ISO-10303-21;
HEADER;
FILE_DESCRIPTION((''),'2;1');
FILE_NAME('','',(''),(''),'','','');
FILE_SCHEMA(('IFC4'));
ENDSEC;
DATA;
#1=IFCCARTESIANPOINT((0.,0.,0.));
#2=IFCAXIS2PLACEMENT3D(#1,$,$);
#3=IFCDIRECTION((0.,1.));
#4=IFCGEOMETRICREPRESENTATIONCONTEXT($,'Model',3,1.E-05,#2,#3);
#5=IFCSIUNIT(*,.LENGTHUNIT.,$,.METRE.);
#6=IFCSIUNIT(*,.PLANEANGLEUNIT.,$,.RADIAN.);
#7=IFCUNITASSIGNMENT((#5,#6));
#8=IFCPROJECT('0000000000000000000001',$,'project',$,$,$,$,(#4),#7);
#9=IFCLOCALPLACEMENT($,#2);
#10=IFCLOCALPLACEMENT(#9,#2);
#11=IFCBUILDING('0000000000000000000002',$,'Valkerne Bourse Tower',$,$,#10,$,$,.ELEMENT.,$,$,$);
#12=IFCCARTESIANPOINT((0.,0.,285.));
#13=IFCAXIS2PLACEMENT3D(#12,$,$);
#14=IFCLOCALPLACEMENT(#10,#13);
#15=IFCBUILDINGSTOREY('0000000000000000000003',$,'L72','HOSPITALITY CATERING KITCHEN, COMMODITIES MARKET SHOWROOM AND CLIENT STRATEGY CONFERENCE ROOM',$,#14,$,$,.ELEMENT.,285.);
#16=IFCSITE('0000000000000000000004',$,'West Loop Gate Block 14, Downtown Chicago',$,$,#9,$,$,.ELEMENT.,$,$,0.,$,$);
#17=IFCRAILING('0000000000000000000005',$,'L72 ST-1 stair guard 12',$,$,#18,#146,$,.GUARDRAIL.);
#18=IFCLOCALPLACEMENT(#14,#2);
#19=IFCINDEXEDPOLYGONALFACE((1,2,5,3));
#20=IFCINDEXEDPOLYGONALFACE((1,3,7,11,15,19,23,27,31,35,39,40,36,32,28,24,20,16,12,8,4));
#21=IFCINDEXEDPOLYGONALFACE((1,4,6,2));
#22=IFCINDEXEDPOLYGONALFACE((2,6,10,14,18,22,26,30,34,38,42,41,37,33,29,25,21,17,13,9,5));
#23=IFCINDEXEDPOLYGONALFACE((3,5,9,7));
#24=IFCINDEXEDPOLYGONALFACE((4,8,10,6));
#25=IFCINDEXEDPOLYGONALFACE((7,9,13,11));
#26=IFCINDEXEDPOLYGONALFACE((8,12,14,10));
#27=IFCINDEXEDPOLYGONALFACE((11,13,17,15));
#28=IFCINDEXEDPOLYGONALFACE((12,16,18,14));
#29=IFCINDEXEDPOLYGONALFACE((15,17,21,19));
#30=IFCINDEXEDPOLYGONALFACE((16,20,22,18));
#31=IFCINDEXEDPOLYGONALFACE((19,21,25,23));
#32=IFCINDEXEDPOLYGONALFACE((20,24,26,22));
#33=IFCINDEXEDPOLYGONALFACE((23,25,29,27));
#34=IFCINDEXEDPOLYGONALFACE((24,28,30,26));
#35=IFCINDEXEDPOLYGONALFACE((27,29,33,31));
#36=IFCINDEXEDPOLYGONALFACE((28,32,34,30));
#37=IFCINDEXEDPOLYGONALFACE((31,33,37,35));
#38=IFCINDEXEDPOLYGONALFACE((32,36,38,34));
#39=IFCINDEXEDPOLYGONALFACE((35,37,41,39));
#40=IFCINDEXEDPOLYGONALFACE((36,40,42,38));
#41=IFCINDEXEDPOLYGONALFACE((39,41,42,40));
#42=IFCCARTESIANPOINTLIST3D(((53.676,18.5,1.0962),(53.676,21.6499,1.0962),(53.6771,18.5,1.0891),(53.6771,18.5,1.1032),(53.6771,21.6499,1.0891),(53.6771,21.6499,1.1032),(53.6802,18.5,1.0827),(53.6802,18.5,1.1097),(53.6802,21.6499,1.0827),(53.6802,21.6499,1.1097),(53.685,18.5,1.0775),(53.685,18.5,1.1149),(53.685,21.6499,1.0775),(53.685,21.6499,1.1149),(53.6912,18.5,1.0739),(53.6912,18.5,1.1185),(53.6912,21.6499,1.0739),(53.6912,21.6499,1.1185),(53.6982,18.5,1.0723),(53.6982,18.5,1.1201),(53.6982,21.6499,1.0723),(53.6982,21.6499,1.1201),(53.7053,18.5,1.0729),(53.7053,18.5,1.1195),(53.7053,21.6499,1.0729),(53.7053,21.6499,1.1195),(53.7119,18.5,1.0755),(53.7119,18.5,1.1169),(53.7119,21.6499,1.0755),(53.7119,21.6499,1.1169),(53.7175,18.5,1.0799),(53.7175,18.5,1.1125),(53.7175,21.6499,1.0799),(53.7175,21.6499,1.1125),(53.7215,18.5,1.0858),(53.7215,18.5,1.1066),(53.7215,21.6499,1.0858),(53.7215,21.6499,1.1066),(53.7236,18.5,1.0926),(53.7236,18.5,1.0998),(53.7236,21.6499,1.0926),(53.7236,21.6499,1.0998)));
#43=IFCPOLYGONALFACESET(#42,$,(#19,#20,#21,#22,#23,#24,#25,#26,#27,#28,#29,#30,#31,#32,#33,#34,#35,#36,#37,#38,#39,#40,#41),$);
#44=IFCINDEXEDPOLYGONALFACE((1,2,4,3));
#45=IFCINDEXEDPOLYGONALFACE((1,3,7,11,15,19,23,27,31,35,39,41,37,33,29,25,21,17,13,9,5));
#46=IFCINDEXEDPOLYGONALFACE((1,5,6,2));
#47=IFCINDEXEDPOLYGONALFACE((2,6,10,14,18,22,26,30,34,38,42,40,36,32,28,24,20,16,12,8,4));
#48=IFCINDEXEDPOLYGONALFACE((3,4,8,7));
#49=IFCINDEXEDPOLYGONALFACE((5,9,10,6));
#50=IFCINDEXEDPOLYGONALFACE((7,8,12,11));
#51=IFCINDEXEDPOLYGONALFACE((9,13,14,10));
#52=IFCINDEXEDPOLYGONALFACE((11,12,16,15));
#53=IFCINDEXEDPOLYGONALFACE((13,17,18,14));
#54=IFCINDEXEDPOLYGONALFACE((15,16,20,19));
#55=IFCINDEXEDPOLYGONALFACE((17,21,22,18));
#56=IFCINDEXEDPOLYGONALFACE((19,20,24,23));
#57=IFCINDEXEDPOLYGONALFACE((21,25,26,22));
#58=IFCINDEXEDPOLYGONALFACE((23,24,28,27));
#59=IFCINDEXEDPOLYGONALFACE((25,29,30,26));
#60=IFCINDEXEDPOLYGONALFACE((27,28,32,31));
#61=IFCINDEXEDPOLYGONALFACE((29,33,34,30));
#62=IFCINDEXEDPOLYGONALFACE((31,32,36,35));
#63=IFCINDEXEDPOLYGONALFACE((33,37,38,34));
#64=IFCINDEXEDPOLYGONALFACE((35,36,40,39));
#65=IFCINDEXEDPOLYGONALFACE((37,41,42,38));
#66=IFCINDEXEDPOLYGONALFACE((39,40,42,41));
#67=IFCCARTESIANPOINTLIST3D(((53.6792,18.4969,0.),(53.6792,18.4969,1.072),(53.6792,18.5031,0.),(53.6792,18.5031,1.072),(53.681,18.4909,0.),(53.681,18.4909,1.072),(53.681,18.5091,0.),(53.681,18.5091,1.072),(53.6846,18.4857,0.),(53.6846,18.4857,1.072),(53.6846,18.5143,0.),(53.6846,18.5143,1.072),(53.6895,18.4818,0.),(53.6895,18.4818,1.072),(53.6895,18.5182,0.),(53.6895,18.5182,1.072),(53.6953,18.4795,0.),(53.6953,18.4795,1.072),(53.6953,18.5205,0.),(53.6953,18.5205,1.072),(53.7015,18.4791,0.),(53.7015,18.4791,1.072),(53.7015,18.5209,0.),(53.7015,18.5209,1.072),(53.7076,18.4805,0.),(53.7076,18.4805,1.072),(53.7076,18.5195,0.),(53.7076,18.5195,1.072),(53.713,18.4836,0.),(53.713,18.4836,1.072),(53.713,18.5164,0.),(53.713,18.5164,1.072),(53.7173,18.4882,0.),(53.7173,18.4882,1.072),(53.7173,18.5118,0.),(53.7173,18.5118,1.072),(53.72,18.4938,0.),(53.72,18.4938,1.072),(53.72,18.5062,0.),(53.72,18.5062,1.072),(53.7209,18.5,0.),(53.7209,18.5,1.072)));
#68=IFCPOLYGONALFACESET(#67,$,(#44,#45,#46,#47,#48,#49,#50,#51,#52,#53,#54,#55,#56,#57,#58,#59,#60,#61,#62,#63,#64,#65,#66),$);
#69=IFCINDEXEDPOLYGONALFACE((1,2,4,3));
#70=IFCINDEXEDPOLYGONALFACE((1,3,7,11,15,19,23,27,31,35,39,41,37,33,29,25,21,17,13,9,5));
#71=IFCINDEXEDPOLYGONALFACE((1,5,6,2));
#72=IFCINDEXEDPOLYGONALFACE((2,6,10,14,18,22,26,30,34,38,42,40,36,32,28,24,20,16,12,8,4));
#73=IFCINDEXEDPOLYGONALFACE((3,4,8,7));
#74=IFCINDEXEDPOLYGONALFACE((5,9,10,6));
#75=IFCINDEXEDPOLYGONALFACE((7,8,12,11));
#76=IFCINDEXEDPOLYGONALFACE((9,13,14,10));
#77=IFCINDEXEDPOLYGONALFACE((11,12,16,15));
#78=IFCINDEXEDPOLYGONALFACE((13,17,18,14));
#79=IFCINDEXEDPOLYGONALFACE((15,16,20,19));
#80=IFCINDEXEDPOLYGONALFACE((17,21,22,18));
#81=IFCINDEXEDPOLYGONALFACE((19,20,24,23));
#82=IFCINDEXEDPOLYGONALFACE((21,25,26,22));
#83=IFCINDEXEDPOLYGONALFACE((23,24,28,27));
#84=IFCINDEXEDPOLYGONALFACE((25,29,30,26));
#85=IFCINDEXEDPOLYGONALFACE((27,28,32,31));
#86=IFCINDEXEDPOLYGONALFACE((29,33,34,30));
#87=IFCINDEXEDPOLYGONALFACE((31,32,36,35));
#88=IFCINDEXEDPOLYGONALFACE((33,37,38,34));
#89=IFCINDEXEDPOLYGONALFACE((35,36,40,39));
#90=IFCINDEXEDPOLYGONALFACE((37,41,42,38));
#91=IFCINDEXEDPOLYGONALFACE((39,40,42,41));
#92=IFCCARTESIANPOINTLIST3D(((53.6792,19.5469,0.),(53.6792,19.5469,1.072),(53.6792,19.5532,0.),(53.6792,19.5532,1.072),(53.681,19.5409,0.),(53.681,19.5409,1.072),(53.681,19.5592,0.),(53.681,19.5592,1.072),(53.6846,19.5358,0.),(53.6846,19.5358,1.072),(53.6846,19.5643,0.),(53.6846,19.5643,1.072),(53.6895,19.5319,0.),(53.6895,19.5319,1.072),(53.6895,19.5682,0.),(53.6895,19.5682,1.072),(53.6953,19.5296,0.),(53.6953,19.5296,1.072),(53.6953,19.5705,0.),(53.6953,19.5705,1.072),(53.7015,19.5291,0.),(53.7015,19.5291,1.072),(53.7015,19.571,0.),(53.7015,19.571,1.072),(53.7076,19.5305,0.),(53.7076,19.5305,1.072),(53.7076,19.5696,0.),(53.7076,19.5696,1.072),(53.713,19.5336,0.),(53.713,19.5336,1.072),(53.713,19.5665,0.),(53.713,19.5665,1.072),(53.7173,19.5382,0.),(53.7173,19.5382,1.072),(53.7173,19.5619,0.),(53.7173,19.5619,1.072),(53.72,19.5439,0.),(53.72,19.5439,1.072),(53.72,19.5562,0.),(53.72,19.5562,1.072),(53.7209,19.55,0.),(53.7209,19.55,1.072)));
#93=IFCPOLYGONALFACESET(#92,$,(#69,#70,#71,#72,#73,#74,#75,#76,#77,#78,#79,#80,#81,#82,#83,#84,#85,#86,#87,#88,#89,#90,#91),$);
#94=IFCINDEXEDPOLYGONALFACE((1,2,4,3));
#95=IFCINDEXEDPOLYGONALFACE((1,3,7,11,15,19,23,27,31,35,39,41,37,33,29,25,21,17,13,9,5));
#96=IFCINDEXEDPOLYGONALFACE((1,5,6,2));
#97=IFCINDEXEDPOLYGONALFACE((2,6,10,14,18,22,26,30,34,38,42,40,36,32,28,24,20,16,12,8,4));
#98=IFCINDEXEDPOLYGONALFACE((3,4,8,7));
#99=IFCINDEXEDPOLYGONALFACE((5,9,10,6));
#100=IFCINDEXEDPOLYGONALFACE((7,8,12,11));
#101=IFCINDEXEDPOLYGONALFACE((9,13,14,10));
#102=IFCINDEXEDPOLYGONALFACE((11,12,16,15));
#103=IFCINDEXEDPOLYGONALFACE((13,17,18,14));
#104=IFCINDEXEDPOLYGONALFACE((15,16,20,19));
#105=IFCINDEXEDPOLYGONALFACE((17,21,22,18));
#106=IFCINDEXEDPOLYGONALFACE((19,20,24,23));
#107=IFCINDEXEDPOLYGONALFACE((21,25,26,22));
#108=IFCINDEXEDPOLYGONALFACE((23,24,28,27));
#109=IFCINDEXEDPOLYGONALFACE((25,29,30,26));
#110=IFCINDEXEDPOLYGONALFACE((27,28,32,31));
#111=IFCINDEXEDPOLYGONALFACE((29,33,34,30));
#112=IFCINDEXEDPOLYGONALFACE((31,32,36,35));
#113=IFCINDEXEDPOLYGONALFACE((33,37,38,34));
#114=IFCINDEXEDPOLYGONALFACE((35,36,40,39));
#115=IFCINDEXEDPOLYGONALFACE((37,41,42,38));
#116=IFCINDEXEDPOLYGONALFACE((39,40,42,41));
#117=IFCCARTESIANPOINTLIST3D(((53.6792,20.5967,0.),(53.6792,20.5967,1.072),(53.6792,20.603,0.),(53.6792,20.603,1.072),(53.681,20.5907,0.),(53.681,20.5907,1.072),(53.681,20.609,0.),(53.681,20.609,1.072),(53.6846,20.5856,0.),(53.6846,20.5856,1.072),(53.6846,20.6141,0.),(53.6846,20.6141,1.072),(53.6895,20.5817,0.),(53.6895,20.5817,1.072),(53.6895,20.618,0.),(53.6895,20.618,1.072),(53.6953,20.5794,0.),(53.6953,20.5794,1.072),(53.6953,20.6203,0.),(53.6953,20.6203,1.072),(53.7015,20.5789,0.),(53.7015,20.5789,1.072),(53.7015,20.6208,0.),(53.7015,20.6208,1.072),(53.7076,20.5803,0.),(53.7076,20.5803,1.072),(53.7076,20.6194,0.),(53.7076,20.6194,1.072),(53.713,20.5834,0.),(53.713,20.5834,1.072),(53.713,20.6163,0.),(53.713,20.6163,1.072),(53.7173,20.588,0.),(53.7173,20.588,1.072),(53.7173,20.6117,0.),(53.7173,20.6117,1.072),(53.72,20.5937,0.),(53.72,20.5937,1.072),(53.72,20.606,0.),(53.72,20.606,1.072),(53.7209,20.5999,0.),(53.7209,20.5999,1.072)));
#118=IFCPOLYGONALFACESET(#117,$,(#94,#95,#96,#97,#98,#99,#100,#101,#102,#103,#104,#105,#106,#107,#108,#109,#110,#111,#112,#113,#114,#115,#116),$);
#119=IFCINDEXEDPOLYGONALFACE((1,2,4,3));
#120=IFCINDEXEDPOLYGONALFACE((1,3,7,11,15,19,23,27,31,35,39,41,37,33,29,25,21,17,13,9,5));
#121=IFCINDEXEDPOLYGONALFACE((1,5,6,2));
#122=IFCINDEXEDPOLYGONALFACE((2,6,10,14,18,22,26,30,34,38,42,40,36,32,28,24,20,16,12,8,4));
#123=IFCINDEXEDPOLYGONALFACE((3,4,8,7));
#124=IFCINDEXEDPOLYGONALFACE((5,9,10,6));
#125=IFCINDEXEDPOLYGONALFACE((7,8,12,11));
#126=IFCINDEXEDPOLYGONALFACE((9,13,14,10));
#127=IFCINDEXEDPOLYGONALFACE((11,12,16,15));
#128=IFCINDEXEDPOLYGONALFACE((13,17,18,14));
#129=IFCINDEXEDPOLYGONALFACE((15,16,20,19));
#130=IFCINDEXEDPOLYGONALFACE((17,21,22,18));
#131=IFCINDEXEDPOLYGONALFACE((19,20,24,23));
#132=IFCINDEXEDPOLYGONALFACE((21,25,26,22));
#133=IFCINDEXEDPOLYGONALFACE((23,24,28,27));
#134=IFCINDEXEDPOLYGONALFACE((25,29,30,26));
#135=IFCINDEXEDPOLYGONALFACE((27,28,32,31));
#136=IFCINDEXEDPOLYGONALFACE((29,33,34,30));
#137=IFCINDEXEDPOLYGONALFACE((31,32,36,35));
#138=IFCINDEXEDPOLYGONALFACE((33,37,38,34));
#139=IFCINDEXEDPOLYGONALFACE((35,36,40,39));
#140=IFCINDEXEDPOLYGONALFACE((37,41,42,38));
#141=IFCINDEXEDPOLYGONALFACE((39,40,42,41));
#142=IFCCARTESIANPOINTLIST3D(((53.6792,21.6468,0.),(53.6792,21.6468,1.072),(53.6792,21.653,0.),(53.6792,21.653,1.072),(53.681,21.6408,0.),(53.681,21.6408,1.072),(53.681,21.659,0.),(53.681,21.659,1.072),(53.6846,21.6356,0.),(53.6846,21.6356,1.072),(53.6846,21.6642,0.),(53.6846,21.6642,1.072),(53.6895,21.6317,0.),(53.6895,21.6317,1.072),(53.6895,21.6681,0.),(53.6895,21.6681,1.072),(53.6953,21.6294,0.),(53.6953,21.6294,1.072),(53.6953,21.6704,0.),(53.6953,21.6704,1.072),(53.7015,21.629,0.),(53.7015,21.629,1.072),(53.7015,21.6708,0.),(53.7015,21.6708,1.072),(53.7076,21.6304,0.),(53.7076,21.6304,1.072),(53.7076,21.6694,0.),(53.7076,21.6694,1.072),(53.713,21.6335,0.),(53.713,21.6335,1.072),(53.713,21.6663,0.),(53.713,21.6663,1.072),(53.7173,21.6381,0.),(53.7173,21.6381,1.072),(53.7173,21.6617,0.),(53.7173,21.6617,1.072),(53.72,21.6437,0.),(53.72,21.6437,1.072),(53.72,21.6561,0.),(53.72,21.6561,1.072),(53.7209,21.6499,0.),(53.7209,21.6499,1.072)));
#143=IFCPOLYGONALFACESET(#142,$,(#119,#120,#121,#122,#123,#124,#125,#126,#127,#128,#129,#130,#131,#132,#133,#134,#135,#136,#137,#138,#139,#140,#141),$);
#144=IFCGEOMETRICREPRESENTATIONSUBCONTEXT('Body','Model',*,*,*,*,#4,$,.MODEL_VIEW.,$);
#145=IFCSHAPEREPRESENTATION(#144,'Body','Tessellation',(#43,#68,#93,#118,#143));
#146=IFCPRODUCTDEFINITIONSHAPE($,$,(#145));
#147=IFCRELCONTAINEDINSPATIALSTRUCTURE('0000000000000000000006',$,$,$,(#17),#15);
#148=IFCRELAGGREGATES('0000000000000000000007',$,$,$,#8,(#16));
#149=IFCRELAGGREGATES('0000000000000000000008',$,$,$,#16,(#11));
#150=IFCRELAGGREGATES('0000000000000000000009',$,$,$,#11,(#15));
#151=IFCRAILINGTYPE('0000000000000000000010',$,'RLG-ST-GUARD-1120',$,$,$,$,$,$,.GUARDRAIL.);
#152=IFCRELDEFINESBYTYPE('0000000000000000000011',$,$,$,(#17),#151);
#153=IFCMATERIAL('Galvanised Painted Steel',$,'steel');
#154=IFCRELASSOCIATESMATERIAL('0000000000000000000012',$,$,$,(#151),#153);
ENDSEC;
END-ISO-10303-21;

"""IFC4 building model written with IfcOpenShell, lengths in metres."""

from ifc_helpers import new_model, si_unit, direction, frame, origin, origin_2d, place, context, subcontext, project, spatial, circle, extrude, material, type_object, element, save


model = new_model("IFC4")

# Units and contexts
model_context = context("Model", 3, precision=1e-05, world=origin(), true_north=direction((0.0, 1.0)))
body_context = subcontext(model_context, "Body", "Model", "MODEL_VIEW")
ifc_project = project(units=[si_unit("LENGTHUNIT", "METRE"), si_unit("PLANEANGLEUNIT", "RADIAN")], contexts=[model_context])

# Site, building, storey
site_placement = place(None, origin())
site = spatial("IfcSite", under=ifc_project, at=site_placement, Name="West Loop Gate Block 14, Downtown Chicago", CompositionType="ELEMENT", RefElevation=0.0)
building_placement = place(site_placement, origin())
building = spatial("IfcBuilding", under=site, at=building_placement, Name="Valkerne Bourse Tower", CompositionType="ELEMENT")
storey_placement = place(building_placement, frame((0.0, 0.0, 285.0)))
storey = spatial("IfcBuildingStorey", under=building, at=storey_placement, Name="L72", Description="HOSPITALITY CATERING KITCHEN, COMMODITIES MARKET SHOWROOM AND CLIENT STRATEGY CONFERENCE ROOM", CompositionType="ELEMENT", Elevation=285.0)

# Railing
ifc_material_1 = material(Name="Galvanised Painted Steel", Category="steel")
railing_type = type_object("IfcRailingType", Name="RLG-ST-GUARD-1120", PredefinedType="GUARDRAIL", material=ifc_material_1)
railing_1_placement = place(storey_placement, frame((53.7, 18.5, 0.0)))
element("IfcRailing", 1, at=railing_1_placement, inside=storey, type_object=railing_type, Name="L72 ST-1 stair guard 12", PredefinedType="GUARDRAIL", context=body_context, shape_type="SweptSolid", body=[
    extrude(circle(Radius=0.0239, at=origin_2d()), frame((0.0, 0.0, 1.0962), z_axis=(0.0, 1.0, 0.0), x_axis=(-1.0, 0.0, 0.0)), (0.0, 0.0, 1.0), 3.1499),
    extrude(circle(Radius=0.021, at=origin_2d()), origin(), (0.0, 0.0, 1.0), 1.072),
    extrude(circle(Radius=0.021, at=origin_2d()), frame((0.0, 1.05, 0.0)), (0.0, 0.0, 1.0), 1.072),
    extrude(circle(Radius=0.021, at=origin_2d()), frame((0.0, 2.0999, 0.0)), (0.0, 0.0, 1.0), 1.072),
    extrude(circle(Radius=0.021, at=origin_2d()), frame((0.0, 3.1499, 0.0)), (0.0, 0.0, 1.0), 1.072),
])

save(model, "model.ifc")
